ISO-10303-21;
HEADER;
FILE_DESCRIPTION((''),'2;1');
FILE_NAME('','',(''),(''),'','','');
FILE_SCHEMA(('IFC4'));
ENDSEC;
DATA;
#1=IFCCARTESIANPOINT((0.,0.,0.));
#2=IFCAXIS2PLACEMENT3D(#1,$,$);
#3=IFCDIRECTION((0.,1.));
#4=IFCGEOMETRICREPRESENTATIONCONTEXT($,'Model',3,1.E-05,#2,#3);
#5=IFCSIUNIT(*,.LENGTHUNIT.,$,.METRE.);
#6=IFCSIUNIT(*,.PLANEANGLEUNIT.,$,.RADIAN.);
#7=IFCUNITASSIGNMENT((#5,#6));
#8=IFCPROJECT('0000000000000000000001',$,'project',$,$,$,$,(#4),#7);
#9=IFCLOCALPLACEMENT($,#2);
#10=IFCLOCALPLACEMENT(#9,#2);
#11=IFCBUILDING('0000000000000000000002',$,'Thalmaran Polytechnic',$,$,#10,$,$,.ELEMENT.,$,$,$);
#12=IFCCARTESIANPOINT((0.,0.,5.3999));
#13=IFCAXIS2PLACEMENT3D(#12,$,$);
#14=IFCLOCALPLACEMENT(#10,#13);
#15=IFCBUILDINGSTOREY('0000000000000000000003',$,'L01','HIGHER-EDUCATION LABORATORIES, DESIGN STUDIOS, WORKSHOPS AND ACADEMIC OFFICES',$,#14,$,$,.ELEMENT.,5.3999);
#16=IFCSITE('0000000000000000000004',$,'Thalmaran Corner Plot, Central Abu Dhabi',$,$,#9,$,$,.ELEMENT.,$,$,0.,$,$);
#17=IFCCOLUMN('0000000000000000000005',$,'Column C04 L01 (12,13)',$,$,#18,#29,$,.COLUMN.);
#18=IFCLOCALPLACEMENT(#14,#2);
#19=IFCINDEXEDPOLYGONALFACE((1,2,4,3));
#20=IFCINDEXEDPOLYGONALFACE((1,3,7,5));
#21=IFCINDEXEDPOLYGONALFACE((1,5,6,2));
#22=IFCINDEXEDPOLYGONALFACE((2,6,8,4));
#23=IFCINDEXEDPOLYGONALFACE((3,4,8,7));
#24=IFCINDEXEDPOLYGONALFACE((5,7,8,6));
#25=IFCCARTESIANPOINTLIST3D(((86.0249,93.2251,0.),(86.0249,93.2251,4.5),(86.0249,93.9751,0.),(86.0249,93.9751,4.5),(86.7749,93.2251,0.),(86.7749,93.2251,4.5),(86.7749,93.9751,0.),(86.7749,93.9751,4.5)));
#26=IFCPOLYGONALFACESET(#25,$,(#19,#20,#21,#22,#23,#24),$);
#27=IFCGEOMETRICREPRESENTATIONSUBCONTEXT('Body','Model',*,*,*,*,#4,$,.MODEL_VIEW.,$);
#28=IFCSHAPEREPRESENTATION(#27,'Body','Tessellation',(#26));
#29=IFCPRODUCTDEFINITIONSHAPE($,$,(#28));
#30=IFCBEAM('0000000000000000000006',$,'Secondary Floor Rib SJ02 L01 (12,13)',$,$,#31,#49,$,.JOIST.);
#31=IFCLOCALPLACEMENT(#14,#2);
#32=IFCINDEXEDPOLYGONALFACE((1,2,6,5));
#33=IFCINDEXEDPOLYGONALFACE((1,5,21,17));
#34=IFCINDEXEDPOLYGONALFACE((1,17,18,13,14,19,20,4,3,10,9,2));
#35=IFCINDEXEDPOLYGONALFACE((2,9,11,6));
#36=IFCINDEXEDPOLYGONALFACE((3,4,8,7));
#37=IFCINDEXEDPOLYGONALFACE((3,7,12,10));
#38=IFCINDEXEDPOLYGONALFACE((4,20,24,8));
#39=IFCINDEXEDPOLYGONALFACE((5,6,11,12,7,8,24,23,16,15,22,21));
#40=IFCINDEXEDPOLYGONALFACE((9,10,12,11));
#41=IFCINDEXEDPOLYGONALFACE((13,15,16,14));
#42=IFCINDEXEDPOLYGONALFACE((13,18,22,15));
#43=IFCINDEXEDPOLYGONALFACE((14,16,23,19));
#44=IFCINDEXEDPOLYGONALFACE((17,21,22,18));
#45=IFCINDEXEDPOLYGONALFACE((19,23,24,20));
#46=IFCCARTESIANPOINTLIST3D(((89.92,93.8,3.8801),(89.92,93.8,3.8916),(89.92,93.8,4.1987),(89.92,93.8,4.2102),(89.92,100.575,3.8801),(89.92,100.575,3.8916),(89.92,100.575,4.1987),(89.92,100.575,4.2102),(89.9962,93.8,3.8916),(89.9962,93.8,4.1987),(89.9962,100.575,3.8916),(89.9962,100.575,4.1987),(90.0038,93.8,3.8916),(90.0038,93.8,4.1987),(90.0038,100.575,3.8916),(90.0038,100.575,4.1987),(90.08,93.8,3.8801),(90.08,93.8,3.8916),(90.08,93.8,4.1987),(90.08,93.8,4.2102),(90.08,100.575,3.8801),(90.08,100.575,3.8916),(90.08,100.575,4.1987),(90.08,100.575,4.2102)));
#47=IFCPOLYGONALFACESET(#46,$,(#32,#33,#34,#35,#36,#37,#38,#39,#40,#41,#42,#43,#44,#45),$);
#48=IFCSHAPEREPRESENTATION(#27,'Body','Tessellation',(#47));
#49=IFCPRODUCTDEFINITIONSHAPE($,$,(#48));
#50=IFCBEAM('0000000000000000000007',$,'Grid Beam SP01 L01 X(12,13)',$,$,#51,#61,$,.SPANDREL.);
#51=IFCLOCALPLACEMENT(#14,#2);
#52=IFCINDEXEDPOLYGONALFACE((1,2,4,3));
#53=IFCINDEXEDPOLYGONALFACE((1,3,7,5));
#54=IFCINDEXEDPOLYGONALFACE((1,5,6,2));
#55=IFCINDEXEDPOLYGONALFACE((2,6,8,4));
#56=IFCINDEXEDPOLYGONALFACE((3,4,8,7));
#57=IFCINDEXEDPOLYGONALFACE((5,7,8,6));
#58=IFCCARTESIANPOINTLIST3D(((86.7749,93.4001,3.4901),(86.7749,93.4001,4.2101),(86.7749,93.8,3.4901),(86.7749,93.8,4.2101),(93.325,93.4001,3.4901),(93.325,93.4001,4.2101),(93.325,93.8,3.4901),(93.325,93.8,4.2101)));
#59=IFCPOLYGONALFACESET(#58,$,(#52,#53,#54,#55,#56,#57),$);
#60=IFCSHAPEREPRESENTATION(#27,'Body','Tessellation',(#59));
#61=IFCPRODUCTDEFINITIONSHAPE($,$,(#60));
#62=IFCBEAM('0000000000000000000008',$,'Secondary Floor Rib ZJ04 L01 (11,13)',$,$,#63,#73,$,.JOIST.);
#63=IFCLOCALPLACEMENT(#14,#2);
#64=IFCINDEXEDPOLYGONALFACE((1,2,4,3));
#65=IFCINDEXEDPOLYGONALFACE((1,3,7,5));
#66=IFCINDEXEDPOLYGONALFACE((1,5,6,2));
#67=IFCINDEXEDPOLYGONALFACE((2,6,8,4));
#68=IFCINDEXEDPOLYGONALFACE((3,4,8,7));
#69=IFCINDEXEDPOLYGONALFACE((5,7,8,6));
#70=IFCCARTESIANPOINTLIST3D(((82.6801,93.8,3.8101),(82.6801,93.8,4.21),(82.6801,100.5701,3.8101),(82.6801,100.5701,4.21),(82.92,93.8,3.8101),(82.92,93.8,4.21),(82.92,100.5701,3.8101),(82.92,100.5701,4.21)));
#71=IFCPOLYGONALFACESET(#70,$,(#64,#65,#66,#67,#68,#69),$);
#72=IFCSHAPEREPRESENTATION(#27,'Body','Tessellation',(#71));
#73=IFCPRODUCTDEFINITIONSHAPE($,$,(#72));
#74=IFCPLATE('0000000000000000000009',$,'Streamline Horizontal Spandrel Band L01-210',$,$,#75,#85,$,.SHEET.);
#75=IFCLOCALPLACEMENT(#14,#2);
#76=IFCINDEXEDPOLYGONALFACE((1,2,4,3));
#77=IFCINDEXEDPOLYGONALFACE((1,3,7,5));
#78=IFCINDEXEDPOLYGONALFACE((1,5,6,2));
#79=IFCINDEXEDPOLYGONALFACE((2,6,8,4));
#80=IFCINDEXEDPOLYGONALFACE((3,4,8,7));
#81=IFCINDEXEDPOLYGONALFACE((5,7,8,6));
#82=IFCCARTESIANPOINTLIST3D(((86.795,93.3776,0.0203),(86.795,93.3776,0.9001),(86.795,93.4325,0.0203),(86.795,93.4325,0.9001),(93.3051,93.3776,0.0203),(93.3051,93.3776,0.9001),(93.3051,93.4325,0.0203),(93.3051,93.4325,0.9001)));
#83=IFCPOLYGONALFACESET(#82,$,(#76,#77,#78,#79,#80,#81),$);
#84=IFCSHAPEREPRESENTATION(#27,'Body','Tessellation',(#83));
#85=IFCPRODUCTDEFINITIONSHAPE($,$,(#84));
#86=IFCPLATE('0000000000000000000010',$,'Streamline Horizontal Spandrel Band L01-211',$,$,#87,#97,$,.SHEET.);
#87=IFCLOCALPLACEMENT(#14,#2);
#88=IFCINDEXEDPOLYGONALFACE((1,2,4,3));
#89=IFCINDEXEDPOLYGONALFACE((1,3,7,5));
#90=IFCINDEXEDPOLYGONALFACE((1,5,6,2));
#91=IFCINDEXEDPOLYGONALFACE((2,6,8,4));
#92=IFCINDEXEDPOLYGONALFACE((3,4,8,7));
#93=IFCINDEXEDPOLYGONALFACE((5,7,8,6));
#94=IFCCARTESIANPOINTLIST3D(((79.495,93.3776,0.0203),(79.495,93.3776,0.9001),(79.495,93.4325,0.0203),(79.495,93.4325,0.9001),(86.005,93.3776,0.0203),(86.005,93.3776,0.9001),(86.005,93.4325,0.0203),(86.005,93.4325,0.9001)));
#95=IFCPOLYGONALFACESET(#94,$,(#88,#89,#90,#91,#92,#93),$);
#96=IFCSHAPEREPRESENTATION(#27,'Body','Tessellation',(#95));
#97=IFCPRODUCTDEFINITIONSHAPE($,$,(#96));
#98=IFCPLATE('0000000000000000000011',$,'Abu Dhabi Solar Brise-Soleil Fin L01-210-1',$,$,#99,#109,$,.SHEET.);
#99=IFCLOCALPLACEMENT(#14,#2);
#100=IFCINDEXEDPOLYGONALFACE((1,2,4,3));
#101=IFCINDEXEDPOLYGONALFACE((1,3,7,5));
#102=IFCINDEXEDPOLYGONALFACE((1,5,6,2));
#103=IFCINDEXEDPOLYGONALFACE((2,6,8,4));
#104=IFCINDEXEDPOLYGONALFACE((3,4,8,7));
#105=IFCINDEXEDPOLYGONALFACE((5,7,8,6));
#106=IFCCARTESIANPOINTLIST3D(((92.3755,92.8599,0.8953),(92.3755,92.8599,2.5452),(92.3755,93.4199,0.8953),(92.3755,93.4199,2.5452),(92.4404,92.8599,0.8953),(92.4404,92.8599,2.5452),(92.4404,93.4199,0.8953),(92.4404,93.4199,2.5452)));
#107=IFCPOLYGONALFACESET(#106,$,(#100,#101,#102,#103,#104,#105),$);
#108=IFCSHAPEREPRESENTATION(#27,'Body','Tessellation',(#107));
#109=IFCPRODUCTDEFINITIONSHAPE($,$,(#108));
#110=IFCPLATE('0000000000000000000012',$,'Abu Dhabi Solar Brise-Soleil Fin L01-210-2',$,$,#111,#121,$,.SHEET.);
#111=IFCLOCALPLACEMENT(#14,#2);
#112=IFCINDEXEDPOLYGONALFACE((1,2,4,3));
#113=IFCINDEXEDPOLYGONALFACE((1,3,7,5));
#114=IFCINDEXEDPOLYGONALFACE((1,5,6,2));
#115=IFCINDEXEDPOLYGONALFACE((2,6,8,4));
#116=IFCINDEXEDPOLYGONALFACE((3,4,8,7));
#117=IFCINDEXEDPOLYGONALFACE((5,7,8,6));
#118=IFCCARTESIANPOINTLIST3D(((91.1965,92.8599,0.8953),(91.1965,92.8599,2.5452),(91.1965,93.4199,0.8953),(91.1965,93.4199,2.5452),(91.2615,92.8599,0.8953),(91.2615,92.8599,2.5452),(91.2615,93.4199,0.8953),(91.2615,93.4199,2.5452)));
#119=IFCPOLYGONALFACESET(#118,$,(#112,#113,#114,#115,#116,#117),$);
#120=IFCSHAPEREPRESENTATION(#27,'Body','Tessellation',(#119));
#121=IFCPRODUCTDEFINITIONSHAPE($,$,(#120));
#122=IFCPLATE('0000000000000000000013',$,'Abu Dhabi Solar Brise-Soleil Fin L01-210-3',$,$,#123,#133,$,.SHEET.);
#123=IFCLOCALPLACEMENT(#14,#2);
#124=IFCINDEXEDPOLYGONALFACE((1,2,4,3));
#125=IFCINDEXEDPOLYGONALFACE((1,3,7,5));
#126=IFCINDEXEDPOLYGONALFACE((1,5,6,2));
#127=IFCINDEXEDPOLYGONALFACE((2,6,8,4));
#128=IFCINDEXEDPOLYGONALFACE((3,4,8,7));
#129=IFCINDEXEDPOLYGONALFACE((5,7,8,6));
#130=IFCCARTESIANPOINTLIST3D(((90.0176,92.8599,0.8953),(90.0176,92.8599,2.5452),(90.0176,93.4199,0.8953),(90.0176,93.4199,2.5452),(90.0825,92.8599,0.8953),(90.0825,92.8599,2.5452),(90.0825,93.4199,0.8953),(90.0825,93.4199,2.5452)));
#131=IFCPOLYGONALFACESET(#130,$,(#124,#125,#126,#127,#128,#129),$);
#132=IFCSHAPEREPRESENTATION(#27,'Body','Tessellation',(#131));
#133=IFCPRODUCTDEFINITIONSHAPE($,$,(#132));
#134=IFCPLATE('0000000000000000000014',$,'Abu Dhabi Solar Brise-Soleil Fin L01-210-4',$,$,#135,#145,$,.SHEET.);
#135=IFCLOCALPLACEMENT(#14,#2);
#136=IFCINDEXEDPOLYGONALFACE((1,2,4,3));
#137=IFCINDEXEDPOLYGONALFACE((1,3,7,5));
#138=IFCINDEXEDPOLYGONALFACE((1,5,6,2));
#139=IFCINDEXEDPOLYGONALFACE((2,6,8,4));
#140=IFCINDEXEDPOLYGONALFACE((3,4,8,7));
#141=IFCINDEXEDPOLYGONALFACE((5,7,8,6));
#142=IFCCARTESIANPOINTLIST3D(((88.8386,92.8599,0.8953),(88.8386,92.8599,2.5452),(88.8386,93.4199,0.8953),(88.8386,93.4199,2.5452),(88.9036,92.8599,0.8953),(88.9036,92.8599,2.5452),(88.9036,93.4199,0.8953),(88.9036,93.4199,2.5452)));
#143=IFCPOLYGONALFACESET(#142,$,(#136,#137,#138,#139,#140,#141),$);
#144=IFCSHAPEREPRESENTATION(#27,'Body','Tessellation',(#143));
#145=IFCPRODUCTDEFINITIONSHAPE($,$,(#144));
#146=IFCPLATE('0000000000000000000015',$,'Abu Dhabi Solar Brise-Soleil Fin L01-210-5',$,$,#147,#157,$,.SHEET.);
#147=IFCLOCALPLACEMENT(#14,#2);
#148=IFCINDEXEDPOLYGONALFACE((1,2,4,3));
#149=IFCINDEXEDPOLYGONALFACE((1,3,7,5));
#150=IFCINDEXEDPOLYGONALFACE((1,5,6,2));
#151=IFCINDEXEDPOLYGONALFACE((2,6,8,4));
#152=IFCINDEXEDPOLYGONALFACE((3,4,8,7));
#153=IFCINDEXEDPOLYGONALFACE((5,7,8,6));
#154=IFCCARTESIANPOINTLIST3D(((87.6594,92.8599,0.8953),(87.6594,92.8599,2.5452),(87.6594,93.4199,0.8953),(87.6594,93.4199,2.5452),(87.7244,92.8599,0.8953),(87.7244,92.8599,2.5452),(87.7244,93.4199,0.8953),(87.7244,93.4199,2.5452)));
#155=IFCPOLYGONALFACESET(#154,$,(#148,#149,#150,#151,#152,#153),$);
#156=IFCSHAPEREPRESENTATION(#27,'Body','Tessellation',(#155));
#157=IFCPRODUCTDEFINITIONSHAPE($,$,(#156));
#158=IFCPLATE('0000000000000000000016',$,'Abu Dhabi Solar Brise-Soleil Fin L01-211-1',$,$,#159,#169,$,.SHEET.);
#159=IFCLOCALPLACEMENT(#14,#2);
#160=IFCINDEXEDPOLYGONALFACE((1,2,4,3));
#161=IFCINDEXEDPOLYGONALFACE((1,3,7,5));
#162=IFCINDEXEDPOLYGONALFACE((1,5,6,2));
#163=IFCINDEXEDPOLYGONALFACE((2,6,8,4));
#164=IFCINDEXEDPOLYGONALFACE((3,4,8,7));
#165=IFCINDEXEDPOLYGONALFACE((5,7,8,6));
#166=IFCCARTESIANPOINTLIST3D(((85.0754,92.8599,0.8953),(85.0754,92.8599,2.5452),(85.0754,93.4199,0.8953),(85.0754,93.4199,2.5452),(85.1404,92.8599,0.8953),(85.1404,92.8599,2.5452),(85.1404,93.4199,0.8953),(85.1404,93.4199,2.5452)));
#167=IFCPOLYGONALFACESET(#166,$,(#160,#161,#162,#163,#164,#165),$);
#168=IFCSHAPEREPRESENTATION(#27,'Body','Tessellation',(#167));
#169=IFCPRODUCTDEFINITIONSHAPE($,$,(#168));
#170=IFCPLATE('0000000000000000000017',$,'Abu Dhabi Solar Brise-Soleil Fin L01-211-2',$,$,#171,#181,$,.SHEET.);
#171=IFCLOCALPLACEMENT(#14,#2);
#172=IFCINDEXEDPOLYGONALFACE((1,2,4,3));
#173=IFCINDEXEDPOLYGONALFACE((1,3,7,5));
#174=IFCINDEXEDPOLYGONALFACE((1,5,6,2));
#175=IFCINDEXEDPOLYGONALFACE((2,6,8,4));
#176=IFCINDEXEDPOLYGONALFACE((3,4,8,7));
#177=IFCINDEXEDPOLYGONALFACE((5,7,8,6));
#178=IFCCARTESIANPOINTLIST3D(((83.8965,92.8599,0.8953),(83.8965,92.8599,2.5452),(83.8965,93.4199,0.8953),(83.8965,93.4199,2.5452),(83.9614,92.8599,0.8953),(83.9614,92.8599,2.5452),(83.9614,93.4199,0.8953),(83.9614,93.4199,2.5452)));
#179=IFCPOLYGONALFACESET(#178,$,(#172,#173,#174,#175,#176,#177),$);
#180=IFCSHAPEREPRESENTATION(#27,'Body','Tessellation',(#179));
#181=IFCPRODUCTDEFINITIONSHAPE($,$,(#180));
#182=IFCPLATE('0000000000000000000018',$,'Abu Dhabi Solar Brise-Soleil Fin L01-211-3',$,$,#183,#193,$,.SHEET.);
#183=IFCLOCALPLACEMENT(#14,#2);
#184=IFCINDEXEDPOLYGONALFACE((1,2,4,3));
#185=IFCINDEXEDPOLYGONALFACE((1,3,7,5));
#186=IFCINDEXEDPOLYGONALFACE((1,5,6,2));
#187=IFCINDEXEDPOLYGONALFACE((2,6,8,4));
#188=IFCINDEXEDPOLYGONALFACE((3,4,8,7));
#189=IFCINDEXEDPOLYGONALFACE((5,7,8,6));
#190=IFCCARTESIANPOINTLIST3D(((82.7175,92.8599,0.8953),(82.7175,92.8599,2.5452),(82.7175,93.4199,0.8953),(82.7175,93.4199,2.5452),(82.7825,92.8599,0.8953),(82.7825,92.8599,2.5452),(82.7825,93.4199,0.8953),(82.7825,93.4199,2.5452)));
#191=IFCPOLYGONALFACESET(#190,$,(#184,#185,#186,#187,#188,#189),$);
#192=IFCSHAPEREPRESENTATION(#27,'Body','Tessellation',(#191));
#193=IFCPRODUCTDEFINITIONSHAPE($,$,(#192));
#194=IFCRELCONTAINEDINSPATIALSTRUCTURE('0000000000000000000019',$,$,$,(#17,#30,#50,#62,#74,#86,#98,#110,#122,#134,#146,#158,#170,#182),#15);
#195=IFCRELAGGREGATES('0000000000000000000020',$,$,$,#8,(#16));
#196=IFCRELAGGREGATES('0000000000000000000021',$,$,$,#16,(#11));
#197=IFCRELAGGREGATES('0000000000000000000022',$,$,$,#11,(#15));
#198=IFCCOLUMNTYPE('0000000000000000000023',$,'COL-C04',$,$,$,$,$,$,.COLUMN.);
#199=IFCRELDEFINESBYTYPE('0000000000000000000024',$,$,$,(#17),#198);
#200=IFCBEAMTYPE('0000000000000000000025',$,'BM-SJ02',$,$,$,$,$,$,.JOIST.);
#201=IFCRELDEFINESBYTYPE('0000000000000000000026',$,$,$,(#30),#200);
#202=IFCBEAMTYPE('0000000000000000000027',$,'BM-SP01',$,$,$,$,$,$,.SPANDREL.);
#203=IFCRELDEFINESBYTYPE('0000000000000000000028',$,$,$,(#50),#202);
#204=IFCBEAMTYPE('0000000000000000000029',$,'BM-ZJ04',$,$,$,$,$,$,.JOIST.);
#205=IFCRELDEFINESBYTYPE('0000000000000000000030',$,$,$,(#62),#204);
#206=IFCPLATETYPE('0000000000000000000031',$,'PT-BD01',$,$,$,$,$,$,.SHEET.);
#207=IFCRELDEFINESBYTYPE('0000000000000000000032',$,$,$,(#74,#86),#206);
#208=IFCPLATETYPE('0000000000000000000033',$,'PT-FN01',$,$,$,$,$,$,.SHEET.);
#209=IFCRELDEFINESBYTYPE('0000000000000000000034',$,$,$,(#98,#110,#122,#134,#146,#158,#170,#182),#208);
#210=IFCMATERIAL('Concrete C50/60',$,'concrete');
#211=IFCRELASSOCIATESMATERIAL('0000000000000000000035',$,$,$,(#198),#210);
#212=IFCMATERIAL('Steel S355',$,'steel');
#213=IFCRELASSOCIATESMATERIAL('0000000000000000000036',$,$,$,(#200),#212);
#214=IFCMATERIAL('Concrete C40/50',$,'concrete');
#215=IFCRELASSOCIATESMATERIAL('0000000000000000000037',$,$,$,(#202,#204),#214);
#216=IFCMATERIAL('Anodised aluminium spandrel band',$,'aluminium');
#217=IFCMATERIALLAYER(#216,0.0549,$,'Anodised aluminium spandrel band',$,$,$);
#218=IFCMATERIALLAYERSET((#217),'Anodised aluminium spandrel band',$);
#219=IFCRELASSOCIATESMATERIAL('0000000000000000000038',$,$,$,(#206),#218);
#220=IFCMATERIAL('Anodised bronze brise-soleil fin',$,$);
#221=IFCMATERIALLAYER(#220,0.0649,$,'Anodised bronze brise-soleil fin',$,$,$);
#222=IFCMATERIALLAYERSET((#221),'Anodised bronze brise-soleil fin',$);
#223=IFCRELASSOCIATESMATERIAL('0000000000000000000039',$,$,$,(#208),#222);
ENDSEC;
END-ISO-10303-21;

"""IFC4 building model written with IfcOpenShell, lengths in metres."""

from ifc_helpers import new_model, si_unit, direction, frame, origin, origin_2d, place, context, subcontext, project, spatial, rectangle, i_section, extrude, material, layer, layer_set, material_profile, profile_set, type_object, element, save


model = new_model("IFC4")

# Units and contexts
model_context = context("Model", 3, precision=1e-05, world=origin(), true_north=direction((0.0, 1.0)))
body_context = subcontext(model_context, "Body", "Model", "MODEL_VIEW")
ifc_project = project(units=[si_unit("LENGTHUNIT", "METRE"), si_unit("PLANEANGLEUNIT", "RADIAN")], contexts=[model_context])

# Site, building, storey
site_placement = place(None, origin())
site = spatial("IfcSite", under=ifc_project, at=site_placement, Name="Thalmaran Corner Plot, Central Abu Dhabi", CompositionType="ELEMENT", RefElevation=0.0)
building_placement = place(site_placement, origin())
building = spatial("IfcBuilding", under=site, at=building_placement, Name="Thalmaran Polytechnic", CompositionType="ELEMENT")
storey_placement = place(building_placement, frame((0.0, 0.0, 5.3999)))
storey = spatial("IfcBuildingStorey", under=building, at=storey_placement, Name="L01", Description="HIGHER-EDUCATION LABORATORIES, DESIGN STUDIOS, WORKSHOPS AND ACADEMIC OFFICES", CompositionType="ELEMENT", Elevation=5.3999)

# Column
ifc_material_1 = material(Name="Concrete C50/60", Category="concrete")
ifc_material_profile_1 = material_profile(ifc_material_1, rectangle(XDim=0.75, YDim=0.75, at=origin_2d()), Name="RC 750x750")
ifc_profile_set_1 = profile_set([ifc_material_profile_1], Name="Concrete C50/60")
column_type = type_object("IfcColumnType", Name="COL-C04", PredefinedType="COLUMN", material=ifc_profile_set_1)
column_placement = place(storey_placement, frame((86.3999, 93.6001, 0.0), z_axis=(0.0, 0.0, 1.0), x_axis=(1.0, 0.0, 0.0)))
element("IfcColumn", 1, at=column_placement, inside=storey, type_object=column_type, Name="Column C04 L01 (12,13)", PredefinedType="COLUMN", context=body_context, shape_type="SweptSolid", body=[
    extrude(rectangle(XDim=0.75, YDim=0.75, at=origin_2d()), origin(), (0.0, 0.0, 1.0), 4.5),
])

# Beams
ifc_material_2 = material(Name="Steel S355", Category="steel")
ifc_material_profile_2 = material_profile(ifc_material_2, i_section(OverallWidth=0.1599, OverallDepth=0.3301, WebThickness=0.0076, FlangeThickness=0.0115, at=origin_2d()), Name="IPE 330")
ifc_profile_set_2 = profile_set([ifc_material_profile_2], Name="Steel S355")
beam_type_1 = type_object("IfcBeamType", Name="BM-SJ02", PredefinedType="JOIST", material=ifc_profile_set_2)
beam_1_placement = place(storey_placement, frame((90.0, 93.8, 4.0452), z_axis=(0.0, 1.0, 0.0), x_axis=(-1.0, 0.0, 0.0)))
element("IfcBeam", 2, at=beam_1_placement, inside=storey, type_object=beam_type_1, Name="Secondary Floor Rib SJ02 L01 (12,13)", PredefinedType="JOIST", context=body_context, shape_type="SweptSolid", body=[
    extrude(i_section(OverallWidth=0.1599, OverallDepth=0.3301, WebThickness=0.0076, FlangeThickness=0.0115, at=origin_2d()), origin(), (0.0, 0.0, 1.0), 6.7749),
])
ifc_material_3 = material(Name="Concrete C40/50", Category="concrete")
ifc_material_profile_3 = material_profile(ifc_material_3, rectangle(XDim=0.3999, YDim=0.72, at=origin_2d()), Name="RC 400x720")
ifc_profile_set_3 = profile_set([ifc_material_profile_3], Name="Concrete C40/50")
beam_type_2 = type_object("IfcBeamType", Name="BM-SP01", PredefinedType="SPANDREL", material=ifc_profile_set_3)
beam_2_placement = place(storey_placement, frame((86.7749, 93.6001, 3.8501), z_axis=(1.0, 0.0, 0.0), x_axis=(0.0, 1.0, 0.0)))
element("IfcBeam", 3, at=beam_2_placement, inside=storey, type_object=beam_type_2, Name="Grid Beam SP01 L01 X(12,13)", PredefinedType="SPANDREL", context=body_context, shape_type="SweptSolid", body=[
    extrude(rectangle(XDim=0.3999, YDim=0.72, at=origin_2d()), origin(), (0.0, 0.0, 1.0), 6.55),
])
ifc_material_profile_4 = material_profile(ifc_material_3, rectangle(XDim=0.24, YDim=0.3999, at=origin_2d()), Name="RC 240x400")
ifc_profile_set_4 = profile_set([ifc_material_profile_4], Name="Concrete C40/50")
beam_type_3 = type_object("IfcBeamType", Name="BM-ZJ04", PredefinedType="JOIST", material=ifc_profile_set_4)
beam_3_placement = place(storey_placement, frame((82.8, 93.8, 4.01), z_axis=(0.0, 1.0, 0.0), x_axis=(-1.0, 0.0, 0.0)))
element("IfcBeam", 4, at=beam_3_placement, inside=storey, type_object=beam_type_3, Name="Secondary Floor Rib ZJ04 L01 (11,13)", PredefinedType="JOIST", context=body_context, shape_type="SweptSolid", body=[
    extrude(rectangle(XDim=0.24, YDim=0.3999, at=origin_2d()), origin(), (0.0, 0.0, 1.0), 6.77),
])

# Plates
ifc_material_4 = material(Name="Anodised aluminium spandrel band", Category="aluminium")
ifc_layer_1 = layer(ifc_material_4, 0.0549, Name="Anodised aluminium spandrel band")
ifc_layer_set_1 = layer_set([ifc_layer_1], Name="Anodised aluminium spandrel band")
plate_type_1 = type_object("IfcPlateType", Name="PT-BD01", PredefinedType="SHEET", material=ifc_layer_set_1)
for number, where, z_axis, x_axis, name in (
    (5, (90.05, 93.405, 0.0203), (0.0, 0.0, 1.0), (-1.0, 0.0, 0.0), "Streamline Horizontal Spandrel Band L01-210"),
    (6, (82.75, 93.405, 0.0203), (0.0, 0.0, 1.0), (-1.0, 0.0, 0.0), "Streamline Horizontal Spandrel Band L01-211"),
):
    element("IfcPlate", number, at=place(storey_placement, frame(where, z_axis=z_axis, x_axis=x_axis)), inside=storey, type_object=plate_type_1, Name=name, PredefinedType="SHEET", context=body_context, shape_type="SweptSolid", body=[
        extrude(rectangle(XDim=6.51, YDim=0.0549, at=origin_2d()), origin(), (0.0, 0.0, 1.0), 0.8799),
    ])
ifc_material_5 = material(Name="Anodised bronze brise-soleil fin")
ifc_layer_2 = layer(ifc_material_5, 0.0649, Name="Anodised bronze brise-soleil fin")
ifc_layer_set_2 = layer_set([ifc_layer_2], Name="Anodised bronze brise-soleil fin")
plate_type_2 = type_object("IfcPlateType", Name="PT-FN01", PredefinedType="SHEET", material=ifc_layer_set_2)
for number, where, z_axis, x_axis, name in (
    (7, (92.408, 93.1399, 0.8953), (0.0, 0.0, 1.0), (-1.0, 0.0, 0.0), "Abu Dhabi Solar Brise-Soleil Fin L01-210-1"),
    (8, (91.229, 93.1399, 0.8953), (0.0, 0.0, 1.0), (-1.0, 0.0, 0.0), "Abu Dhabi Solar Brise-Soleil Fin L01-210-2"),
    (9, (90.05, 93.1399, 0.8953), (0.0, 0.0, 1.0), (-1.0, 0.0, 0.0), "Abu Dhabi Solar Brise-Soleil Fin L01-210-3"),
    (10, (88.8711, 93.1399, 0.8953), (0.0, 0.0, 1.0), (-1.0, 0.0, 0.0), "Abu Dhabi Solar Brise-Soleil Fin L01-210-4"),
    (11, (87.6919, 93.1399, 0.8953), (0.0, 0.0, 1.0), (-1.0, 0.0, 0.0), "Abu Dhabi Solar Brise-Soleil Fin L01-210-5"),
    (12, (85.1079, 93.1399, 0.8953), (0.0, 0.0, 1.0), (-1.0, 0.0, 0.0), "Abu Dhabi Solar Brise-Soleil Fin L01-211-1"),
    (13, (83.929, 93.1399, 0.8953), (0.0, 0.0, 1.0), (-1.0, 0.0, 0.0), "Abu Dhabi Solar Brise-Soleil Fin L01-211-2"),
    (14, (82.75, 93.1399, 0.8953), (0.0, 0.0, 1.0), (-1.0, 0.0, 0.0), "Abu Dhabi Solar Brise-Soleil Fin L01-211-3"),
):
    element("IfcPlate", number, at=place(storey_placement, frame(where, z_axis=z_axis, x_axis=x_axis)), inside=storey, type_object=plate_type_2, Name=name, PredefinedType="SHEET", context=body_context, shape_type="SweptSolid", body=[
        extrude(rectangle(XDim=0.0649, YDim=0.5601, at=origin_2d()), origin(), (0.0, 0.0, 1.0), 1.6499),
    ])

save(model, "model.ifc")
